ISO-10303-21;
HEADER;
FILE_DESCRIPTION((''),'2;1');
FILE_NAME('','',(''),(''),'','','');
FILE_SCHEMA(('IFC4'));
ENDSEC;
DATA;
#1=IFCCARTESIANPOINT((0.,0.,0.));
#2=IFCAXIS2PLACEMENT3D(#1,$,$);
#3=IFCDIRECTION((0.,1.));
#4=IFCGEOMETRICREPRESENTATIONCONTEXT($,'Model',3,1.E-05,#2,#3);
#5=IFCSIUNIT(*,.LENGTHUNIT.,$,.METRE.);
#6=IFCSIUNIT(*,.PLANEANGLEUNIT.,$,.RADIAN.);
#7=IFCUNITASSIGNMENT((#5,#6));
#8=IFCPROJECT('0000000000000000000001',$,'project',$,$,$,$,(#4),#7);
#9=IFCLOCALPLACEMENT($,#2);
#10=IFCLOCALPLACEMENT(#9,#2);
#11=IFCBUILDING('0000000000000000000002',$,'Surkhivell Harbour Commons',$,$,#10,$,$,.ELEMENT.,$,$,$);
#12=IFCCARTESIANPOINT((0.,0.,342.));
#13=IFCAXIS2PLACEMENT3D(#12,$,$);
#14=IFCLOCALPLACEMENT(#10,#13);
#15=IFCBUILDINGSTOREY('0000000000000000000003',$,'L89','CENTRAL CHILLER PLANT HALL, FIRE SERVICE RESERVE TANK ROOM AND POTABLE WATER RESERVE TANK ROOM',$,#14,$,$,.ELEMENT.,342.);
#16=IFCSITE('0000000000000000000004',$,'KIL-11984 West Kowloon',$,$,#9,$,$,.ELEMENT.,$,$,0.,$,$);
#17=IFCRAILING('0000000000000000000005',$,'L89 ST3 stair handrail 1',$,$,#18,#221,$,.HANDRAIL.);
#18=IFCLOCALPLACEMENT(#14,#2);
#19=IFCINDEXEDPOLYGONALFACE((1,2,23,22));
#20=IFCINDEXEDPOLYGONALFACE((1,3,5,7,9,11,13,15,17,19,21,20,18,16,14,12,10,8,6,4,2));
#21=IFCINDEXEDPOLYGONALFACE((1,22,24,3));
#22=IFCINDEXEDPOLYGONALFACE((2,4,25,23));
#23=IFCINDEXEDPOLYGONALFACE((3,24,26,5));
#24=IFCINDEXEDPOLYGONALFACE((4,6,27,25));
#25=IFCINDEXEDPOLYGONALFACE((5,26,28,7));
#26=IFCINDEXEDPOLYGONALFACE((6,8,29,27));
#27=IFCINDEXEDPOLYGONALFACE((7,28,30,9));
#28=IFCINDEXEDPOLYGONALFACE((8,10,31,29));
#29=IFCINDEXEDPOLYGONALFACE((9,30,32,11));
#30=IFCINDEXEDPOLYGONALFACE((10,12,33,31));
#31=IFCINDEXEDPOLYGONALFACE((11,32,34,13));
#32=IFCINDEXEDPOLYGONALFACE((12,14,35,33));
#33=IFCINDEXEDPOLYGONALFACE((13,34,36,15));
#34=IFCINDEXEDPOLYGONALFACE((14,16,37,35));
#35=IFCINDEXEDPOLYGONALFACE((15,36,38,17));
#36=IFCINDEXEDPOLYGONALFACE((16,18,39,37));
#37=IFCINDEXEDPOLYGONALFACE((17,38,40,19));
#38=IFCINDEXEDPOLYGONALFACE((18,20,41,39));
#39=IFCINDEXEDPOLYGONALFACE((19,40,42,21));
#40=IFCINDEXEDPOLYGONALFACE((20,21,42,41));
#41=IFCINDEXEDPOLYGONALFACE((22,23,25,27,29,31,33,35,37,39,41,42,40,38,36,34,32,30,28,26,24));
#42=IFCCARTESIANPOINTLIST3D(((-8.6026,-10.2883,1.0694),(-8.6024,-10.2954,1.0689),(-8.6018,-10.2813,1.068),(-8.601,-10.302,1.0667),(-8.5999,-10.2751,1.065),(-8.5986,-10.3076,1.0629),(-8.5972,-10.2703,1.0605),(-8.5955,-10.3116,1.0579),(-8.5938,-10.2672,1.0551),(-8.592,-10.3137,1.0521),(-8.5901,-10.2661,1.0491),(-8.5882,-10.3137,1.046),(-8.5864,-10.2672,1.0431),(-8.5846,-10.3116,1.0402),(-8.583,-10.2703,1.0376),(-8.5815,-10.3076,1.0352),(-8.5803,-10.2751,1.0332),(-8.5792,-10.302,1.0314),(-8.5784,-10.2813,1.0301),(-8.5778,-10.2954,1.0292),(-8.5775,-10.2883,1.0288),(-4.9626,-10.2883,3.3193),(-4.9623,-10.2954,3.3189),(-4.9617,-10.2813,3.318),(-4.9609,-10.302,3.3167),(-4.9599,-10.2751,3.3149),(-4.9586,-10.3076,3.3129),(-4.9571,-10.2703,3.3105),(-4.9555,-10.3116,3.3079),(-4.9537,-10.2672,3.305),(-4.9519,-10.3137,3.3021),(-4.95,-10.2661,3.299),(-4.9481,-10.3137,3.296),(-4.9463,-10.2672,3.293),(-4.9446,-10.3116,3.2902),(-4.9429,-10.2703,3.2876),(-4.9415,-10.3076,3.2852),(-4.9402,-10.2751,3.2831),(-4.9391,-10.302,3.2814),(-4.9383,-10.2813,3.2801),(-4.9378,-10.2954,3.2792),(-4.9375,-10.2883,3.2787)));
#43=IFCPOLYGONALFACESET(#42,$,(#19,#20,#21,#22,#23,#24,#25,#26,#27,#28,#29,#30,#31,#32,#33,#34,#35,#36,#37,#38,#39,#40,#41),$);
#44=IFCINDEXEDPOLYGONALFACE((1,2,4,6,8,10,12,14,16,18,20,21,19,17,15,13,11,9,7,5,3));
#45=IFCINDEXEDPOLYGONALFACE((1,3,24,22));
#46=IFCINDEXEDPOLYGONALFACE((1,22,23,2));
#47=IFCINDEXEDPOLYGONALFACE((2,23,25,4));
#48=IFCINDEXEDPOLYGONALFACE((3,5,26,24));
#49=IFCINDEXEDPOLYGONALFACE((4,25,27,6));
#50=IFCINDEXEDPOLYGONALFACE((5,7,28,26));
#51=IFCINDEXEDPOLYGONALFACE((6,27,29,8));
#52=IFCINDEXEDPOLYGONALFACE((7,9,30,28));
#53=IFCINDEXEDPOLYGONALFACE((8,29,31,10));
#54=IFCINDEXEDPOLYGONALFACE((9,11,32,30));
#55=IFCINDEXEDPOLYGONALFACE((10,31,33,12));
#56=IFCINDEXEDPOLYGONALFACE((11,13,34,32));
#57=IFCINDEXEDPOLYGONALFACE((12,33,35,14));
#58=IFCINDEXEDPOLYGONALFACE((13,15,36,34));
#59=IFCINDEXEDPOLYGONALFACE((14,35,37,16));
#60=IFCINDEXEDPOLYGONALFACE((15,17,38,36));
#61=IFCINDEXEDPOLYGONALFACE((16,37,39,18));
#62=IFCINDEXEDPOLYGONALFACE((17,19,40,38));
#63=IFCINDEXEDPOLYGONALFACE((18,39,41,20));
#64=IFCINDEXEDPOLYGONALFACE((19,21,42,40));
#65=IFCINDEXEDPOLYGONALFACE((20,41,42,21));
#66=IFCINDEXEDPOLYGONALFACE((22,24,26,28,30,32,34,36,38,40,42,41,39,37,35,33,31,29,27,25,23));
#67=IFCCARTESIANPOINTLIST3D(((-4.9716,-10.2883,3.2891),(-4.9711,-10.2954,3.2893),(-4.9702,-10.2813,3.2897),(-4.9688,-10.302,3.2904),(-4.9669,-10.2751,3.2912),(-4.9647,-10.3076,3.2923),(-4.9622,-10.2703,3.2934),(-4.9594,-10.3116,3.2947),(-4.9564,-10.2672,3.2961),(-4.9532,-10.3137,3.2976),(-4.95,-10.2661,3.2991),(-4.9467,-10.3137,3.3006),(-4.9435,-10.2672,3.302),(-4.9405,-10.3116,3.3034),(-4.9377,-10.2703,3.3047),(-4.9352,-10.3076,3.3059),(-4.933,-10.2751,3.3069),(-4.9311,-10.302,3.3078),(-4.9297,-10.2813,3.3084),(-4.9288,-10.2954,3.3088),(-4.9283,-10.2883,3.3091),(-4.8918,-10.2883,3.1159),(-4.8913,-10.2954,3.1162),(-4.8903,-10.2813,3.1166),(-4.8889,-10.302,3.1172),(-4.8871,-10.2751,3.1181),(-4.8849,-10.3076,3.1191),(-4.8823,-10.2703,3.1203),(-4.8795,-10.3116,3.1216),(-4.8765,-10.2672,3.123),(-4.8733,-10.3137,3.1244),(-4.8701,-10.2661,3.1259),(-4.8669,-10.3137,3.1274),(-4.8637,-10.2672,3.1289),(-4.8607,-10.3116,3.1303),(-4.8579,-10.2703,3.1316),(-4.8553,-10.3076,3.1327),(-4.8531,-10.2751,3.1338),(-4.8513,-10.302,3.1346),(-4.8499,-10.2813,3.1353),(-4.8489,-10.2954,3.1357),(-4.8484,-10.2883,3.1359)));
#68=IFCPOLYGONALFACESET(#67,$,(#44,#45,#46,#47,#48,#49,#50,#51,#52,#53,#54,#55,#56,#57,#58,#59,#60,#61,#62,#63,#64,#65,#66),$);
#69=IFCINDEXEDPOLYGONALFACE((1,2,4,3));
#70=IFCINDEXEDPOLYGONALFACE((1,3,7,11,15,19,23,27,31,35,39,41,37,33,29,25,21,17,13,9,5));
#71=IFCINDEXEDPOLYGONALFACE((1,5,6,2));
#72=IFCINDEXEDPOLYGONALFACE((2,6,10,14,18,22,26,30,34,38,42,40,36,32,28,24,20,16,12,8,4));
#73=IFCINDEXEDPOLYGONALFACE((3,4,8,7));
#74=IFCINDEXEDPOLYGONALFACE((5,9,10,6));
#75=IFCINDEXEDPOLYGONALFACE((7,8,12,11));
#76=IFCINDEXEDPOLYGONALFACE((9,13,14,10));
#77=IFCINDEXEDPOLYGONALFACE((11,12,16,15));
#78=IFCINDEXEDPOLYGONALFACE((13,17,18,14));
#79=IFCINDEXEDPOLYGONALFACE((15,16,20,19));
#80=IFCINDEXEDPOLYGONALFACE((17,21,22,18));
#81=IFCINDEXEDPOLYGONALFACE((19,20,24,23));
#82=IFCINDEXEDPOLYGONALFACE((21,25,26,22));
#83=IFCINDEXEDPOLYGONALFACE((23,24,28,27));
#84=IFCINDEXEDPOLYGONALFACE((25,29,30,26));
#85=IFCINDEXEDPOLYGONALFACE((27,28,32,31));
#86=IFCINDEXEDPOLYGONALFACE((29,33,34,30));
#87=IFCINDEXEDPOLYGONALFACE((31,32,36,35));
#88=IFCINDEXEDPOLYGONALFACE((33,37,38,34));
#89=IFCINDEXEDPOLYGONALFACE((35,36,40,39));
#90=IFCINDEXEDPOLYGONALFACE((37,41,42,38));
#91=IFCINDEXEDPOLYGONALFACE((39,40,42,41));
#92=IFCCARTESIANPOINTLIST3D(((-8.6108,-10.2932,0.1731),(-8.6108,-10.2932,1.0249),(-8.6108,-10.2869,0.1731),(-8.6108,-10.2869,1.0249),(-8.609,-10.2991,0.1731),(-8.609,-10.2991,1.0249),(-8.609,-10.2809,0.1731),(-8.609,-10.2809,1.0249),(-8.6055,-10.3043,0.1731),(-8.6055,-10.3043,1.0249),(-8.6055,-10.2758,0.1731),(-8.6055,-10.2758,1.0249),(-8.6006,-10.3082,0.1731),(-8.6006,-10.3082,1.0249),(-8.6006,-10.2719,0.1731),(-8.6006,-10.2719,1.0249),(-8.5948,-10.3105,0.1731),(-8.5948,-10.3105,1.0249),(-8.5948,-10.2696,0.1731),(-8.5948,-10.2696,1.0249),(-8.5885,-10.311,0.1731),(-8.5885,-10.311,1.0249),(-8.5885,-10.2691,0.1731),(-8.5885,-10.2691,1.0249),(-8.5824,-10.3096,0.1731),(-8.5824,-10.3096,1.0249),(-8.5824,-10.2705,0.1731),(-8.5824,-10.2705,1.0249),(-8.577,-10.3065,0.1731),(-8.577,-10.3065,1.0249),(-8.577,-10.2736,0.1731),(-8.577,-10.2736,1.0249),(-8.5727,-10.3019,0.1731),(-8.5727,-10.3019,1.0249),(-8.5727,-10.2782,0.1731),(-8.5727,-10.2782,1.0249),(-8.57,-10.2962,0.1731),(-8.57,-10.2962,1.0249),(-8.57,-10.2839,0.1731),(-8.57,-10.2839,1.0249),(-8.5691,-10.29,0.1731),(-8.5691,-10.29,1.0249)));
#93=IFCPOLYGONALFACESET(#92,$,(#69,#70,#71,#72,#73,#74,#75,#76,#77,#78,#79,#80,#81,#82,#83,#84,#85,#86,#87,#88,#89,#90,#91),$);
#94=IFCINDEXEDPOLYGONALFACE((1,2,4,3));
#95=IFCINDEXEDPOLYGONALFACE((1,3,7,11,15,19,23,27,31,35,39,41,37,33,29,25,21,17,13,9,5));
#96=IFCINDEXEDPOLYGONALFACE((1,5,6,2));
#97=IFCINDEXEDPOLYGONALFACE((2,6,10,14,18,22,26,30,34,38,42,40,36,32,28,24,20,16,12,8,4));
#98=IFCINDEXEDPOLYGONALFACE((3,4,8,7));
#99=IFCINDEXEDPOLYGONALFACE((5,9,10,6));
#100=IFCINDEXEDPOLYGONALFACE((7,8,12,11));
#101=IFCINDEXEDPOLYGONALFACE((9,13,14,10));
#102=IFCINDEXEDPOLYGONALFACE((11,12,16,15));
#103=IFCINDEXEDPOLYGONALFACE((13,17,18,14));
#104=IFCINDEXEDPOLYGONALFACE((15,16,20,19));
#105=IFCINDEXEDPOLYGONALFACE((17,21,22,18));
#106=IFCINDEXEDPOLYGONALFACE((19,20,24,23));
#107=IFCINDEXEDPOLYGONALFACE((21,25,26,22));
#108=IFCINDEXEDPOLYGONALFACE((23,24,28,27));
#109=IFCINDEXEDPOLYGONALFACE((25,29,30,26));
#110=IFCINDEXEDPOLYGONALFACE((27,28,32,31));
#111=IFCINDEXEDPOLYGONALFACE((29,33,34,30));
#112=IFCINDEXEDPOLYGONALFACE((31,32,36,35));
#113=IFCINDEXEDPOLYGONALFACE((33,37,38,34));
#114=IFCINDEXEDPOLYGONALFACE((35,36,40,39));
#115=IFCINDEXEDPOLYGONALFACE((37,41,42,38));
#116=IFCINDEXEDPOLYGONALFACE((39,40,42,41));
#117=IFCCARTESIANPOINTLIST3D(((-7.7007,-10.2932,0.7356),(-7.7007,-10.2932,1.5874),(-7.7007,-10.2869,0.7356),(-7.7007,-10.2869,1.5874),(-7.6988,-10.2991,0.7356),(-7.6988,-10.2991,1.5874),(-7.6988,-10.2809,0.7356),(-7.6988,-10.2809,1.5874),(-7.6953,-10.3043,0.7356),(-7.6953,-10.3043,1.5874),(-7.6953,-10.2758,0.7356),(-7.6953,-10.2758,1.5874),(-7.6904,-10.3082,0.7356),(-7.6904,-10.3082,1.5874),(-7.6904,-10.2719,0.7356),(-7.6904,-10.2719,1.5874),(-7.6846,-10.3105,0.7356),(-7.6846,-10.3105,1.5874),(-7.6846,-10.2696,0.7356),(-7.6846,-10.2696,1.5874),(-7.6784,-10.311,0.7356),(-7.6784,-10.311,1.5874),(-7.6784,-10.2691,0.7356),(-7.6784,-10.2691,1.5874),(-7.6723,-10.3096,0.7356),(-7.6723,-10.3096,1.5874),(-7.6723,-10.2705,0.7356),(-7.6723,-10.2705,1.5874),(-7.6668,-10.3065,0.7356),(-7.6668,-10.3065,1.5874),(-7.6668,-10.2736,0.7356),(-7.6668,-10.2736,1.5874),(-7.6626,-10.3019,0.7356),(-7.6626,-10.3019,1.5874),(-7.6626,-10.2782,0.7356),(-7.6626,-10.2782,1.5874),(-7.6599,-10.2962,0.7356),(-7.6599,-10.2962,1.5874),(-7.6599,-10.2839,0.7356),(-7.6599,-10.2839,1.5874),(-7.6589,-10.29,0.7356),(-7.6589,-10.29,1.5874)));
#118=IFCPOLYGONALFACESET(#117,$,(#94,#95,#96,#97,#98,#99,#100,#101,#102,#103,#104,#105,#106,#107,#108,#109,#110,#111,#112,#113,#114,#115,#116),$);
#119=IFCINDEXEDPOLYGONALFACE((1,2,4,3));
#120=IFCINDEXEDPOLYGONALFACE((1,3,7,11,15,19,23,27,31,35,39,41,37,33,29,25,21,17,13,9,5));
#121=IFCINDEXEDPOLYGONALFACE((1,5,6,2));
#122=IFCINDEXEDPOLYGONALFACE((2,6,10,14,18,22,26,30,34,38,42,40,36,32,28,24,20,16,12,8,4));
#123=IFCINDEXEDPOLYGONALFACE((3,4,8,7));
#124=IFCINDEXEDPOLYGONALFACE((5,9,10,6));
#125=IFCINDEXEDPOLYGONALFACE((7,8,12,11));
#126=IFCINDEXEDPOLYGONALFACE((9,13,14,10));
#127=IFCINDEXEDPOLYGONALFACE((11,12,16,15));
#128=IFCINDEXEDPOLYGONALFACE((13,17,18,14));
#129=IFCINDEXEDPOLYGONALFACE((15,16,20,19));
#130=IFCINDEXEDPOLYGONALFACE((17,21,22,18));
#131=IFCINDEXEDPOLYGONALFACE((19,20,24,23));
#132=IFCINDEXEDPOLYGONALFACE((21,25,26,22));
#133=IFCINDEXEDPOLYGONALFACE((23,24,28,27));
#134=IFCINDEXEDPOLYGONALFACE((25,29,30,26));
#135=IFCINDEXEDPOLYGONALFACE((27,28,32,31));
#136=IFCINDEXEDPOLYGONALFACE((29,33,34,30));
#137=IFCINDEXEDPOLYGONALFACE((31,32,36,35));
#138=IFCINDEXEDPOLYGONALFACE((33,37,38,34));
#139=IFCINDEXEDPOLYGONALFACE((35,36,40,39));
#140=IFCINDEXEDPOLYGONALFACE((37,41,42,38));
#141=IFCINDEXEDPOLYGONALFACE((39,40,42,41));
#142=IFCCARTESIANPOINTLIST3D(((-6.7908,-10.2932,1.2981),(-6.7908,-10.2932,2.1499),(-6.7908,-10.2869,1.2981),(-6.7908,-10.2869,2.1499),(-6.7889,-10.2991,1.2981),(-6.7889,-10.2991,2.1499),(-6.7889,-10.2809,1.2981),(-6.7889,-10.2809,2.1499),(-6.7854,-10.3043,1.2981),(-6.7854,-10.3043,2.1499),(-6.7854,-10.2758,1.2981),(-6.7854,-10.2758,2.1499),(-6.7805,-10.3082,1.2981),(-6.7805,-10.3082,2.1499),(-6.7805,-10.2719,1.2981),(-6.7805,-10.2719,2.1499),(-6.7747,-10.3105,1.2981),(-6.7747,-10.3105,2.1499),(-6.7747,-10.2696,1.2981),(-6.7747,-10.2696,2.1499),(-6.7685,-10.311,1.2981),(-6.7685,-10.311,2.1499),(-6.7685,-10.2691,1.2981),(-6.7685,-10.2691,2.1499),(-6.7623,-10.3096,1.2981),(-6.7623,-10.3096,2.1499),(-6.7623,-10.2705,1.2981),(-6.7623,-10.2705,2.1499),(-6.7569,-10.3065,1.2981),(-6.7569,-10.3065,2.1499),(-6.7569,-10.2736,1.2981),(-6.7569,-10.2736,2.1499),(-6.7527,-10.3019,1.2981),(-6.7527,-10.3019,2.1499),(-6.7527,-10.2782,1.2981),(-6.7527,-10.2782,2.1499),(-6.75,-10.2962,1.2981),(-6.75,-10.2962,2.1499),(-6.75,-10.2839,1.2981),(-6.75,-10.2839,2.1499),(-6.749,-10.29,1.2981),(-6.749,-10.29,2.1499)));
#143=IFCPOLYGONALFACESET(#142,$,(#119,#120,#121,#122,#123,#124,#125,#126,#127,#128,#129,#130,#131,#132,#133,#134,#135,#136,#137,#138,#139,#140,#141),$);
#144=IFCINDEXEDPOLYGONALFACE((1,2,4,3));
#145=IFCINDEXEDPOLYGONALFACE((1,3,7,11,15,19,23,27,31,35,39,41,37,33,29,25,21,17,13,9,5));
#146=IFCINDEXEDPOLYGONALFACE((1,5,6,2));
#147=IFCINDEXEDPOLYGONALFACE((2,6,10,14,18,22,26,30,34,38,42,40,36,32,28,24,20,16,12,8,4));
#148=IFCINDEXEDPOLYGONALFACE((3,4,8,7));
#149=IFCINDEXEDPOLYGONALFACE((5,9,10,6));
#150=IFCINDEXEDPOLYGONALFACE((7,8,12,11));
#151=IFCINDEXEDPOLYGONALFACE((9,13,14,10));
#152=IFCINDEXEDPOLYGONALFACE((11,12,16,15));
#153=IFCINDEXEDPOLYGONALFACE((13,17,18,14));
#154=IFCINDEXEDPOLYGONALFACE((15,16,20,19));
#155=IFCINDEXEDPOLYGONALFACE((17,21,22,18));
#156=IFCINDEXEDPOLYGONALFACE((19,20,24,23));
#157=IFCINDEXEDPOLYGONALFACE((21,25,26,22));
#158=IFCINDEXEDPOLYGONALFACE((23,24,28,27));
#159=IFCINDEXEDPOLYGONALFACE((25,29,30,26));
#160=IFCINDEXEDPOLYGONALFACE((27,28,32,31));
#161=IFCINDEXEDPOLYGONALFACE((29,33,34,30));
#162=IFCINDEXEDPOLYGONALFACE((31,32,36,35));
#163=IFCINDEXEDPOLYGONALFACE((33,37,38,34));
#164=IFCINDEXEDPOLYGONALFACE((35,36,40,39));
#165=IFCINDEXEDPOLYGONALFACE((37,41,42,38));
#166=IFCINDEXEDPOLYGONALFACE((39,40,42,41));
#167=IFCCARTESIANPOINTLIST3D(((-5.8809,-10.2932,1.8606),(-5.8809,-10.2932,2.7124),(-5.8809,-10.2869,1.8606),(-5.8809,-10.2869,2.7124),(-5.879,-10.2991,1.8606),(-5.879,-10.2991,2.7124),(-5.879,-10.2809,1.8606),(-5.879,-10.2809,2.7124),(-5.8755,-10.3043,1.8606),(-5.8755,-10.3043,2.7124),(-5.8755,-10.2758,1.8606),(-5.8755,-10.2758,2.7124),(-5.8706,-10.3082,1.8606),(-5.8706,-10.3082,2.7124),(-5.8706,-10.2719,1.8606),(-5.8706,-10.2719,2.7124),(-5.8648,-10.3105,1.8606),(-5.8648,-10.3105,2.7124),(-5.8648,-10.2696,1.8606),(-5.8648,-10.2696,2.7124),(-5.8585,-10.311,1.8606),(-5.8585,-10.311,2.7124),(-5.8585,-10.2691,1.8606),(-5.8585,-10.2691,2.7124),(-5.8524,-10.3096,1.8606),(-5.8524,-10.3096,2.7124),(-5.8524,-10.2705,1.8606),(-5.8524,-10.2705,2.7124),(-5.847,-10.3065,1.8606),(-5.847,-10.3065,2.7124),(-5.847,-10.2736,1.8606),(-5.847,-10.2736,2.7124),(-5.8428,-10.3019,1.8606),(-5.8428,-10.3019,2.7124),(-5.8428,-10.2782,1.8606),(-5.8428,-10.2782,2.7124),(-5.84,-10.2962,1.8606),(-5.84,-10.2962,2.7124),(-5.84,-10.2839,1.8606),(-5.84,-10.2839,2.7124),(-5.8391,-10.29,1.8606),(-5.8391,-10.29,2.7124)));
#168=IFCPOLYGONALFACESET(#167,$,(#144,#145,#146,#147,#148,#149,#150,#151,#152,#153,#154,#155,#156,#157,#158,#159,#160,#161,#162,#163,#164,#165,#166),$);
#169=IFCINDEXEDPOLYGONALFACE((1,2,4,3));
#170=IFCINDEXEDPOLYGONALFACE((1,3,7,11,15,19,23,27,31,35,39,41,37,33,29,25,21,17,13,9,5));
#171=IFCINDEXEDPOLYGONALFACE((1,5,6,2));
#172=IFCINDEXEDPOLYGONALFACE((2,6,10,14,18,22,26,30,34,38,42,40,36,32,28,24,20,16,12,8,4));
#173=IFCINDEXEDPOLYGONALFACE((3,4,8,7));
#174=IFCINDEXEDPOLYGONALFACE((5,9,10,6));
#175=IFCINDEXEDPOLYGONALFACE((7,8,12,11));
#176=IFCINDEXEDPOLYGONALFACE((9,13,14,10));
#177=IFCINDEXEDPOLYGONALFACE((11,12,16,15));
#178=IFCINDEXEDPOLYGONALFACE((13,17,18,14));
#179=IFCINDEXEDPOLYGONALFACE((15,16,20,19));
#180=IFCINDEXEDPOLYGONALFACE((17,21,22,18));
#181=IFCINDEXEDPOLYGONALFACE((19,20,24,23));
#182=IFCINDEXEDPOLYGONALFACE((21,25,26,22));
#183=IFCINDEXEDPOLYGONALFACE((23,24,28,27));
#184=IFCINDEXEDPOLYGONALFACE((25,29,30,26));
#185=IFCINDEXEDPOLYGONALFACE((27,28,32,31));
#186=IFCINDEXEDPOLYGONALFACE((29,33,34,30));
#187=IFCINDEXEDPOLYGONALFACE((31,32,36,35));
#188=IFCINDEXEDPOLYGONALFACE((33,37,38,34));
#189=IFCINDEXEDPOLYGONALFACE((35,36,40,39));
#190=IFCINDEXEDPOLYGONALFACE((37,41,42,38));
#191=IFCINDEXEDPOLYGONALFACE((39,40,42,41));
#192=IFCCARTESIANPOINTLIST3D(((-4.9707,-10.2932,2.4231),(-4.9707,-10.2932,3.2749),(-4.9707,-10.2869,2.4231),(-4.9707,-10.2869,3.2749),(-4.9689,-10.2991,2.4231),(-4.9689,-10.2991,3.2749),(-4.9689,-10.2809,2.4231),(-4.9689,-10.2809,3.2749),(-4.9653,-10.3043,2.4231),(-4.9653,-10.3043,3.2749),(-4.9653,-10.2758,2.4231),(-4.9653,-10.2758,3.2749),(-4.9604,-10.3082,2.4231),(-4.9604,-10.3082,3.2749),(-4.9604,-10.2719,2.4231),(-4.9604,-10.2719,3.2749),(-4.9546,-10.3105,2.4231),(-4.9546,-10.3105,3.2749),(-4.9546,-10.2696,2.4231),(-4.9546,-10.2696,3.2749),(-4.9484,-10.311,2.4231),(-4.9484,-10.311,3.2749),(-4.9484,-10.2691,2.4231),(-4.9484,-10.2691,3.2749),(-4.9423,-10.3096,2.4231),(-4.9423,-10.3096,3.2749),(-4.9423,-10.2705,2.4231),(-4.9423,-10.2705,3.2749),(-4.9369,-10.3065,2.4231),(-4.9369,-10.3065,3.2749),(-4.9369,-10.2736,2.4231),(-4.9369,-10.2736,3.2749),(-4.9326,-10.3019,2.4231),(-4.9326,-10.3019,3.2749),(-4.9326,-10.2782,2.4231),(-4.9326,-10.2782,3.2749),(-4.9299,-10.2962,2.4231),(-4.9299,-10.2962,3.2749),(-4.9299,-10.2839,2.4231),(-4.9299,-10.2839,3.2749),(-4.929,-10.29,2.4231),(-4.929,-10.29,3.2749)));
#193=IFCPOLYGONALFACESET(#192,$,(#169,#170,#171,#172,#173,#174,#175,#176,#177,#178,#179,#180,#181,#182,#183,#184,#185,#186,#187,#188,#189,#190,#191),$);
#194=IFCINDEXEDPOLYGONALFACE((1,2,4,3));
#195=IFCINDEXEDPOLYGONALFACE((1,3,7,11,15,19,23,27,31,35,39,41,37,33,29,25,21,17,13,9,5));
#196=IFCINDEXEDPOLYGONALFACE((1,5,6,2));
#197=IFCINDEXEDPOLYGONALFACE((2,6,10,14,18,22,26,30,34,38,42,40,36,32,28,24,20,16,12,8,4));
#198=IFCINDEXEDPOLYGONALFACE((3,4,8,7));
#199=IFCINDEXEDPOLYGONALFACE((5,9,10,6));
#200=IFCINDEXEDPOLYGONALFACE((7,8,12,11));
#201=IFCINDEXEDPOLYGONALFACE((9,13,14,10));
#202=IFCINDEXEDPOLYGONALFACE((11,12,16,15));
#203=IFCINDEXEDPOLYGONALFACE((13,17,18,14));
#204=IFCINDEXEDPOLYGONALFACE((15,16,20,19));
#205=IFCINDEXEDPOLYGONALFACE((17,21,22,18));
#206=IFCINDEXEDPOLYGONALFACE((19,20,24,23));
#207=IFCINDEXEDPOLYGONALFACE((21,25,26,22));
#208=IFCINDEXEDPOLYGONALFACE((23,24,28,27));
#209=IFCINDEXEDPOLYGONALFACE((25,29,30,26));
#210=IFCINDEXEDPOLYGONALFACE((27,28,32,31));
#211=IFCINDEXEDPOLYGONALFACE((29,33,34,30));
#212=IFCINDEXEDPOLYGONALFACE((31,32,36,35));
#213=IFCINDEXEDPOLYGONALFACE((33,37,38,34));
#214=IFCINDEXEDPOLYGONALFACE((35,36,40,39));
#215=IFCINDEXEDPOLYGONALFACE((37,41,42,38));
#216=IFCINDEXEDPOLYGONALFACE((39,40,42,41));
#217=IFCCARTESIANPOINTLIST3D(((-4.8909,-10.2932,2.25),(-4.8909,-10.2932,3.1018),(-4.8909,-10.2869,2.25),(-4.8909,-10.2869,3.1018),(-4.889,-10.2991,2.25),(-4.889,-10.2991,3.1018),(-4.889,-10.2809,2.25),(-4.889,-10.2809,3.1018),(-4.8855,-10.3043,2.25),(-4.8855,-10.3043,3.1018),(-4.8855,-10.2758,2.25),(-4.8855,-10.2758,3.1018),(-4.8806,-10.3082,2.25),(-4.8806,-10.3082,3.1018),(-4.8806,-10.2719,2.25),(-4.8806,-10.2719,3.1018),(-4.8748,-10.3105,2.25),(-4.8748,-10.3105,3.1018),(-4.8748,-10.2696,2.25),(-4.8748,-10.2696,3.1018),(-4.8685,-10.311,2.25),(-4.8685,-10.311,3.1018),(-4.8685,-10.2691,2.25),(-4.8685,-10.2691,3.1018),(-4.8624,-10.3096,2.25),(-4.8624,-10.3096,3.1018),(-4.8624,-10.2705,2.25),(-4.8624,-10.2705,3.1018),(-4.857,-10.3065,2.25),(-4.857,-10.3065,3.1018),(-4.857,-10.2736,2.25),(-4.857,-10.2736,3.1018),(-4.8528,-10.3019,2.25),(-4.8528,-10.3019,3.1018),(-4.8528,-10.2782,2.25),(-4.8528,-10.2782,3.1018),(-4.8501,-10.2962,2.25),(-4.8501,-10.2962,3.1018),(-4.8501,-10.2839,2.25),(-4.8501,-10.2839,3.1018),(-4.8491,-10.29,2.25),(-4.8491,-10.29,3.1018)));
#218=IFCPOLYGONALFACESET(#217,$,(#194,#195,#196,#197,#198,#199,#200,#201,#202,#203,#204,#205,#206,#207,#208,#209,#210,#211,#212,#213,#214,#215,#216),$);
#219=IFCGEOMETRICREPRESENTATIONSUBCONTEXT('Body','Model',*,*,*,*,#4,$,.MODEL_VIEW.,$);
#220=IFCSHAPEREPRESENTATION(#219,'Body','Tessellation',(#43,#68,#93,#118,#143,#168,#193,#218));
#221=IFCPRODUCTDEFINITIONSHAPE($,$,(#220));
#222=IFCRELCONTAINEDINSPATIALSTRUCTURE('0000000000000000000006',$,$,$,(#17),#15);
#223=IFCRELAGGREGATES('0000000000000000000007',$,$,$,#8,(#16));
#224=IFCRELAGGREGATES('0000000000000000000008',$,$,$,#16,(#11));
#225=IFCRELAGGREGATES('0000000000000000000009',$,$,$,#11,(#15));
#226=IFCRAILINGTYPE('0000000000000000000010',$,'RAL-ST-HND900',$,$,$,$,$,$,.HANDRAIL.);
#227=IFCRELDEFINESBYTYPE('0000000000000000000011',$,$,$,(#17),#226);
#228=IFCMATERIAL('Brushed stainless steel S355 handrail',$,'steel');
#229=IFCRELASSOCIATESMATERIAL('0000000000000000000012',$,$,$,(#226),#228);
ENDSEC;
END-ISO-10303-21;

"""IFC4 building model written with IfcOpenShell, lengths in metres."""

from ifc_helpers import new_model, si_unit, direction, frame, origin, origin_2d, place, context, subcontext, project, spatial, circle, extrude, material, type_object, element, save


model = new_model("IFC4")

# Units and contexts
model_context = context("Model", 3, precision=1e-05, world=origin(), true_north=direction((0.0, 1.0)))
body_context = subcontext(model_context, "Body", "Model", "MODEL_VIEW")
ifc_project = project(units=[si_unit("LENGTHUNIT", "METRE"), si_unit("PLANEANGLEUNIT", "RADIAN")], contexts=[model_context])

# Site, building, storey
site_placement = place(None, origin())
site = spatial("IfcSite", under=ifc_project, at=site_placement, Name="KIL-11984 West Kowloon", CompositionType="ELEMENT", RefElevation=0.0)
building_placement = place(site_placement, origin())
building = spatial("IfcBuilding", under=site, at=building_placement, Name="Surkhivell Harbour Commons", CompositionType="ELEMENT")
storey_placement = place(building_placement, frame((0.0, 0.0, 342.0)))
storey = spatial("IfcBuildingStorey", under=building, at=storey_placement, Name="L89", Description="CENTRAL CHILLER PLANT HALL, FIRE SERVICE RESERVE TANK ROOM AND POTABLE WATER RESERVE TANK ROOM", CompositionType="ELEMENT", Elevation=342.0)

# Railing
ifc_material_1 = material(Name="Brushed stainless steel S355 handrail", Category="steel")
railing_type_1 = type_object("IfcRailingType", Name="RAL-ST-HND900", PredefinedType="HANDRAIL", material=ifc_material_1)
railing_1_placement = place(storey_placement, frame((-8.5901, -10.29, 0.1731)))
element("IfcRailing", 1, at=railing_1_placement, inside=storey, type_object=railing_type_1, Name="L89 ST3 stair handrail 1", PredefinedType="HANDRAIL", context=body_context, shape_type="SweptSolid", body=[
    extrude(circle(Radius=0.0239, at=origin_2d()), frame((0.0, 0.0, 0.876), z_axis=(0.850622, 0.0, 0.525777), x_axis=(0.0, 1.0, 0.0)), (0.0, 0.0, 1.0), 4.2793),
    extrude(circle(Radius=0.0239, at=origin_2d()), frame((3.6401, 0.0, 3.126), z_axis=(0.418815, 0.0, -0.908072), x_axis=(0.0, 1.0, 0.0)), (0.0, 0.0, 1.0), 0.1907),
    extrude(circle(Radius=0.021, at=origin_2d()), origin(), (0.0, 0.0, 1.0), 0.8518),
    extrude(circle(Radius=0.021, at=origin_2d()), frame((0.9102, 0.0, 0.5625)), (0.0, 0.0, 1.0), 0.8518),
    extrude(circle(Radius=0.021, at=origin_2d()), frame((1.8201, 0.0, 1.125)), (0.0, 0.0, 1.0), 0.8518),
    extrude(circle(Radius=0.021, at=origin_2d()), frame((2.73, 0.0, 1.6875)), (0.0, 0.0, 1.0), 0.8518),
    extrude(circle(Radius=0.021, at=origin_2d()), frame((3.6401, 0.0, 2.25)), (0.0, 0.0, 1.0), 0.8518),
    extrude(circle(Radius=0.021, at=origin_2d()), frame((3.72, 0.0, 2.0769)), (0.0, 0.0, 1.0), 0.8518),
])

save(model, "model.ifc")
